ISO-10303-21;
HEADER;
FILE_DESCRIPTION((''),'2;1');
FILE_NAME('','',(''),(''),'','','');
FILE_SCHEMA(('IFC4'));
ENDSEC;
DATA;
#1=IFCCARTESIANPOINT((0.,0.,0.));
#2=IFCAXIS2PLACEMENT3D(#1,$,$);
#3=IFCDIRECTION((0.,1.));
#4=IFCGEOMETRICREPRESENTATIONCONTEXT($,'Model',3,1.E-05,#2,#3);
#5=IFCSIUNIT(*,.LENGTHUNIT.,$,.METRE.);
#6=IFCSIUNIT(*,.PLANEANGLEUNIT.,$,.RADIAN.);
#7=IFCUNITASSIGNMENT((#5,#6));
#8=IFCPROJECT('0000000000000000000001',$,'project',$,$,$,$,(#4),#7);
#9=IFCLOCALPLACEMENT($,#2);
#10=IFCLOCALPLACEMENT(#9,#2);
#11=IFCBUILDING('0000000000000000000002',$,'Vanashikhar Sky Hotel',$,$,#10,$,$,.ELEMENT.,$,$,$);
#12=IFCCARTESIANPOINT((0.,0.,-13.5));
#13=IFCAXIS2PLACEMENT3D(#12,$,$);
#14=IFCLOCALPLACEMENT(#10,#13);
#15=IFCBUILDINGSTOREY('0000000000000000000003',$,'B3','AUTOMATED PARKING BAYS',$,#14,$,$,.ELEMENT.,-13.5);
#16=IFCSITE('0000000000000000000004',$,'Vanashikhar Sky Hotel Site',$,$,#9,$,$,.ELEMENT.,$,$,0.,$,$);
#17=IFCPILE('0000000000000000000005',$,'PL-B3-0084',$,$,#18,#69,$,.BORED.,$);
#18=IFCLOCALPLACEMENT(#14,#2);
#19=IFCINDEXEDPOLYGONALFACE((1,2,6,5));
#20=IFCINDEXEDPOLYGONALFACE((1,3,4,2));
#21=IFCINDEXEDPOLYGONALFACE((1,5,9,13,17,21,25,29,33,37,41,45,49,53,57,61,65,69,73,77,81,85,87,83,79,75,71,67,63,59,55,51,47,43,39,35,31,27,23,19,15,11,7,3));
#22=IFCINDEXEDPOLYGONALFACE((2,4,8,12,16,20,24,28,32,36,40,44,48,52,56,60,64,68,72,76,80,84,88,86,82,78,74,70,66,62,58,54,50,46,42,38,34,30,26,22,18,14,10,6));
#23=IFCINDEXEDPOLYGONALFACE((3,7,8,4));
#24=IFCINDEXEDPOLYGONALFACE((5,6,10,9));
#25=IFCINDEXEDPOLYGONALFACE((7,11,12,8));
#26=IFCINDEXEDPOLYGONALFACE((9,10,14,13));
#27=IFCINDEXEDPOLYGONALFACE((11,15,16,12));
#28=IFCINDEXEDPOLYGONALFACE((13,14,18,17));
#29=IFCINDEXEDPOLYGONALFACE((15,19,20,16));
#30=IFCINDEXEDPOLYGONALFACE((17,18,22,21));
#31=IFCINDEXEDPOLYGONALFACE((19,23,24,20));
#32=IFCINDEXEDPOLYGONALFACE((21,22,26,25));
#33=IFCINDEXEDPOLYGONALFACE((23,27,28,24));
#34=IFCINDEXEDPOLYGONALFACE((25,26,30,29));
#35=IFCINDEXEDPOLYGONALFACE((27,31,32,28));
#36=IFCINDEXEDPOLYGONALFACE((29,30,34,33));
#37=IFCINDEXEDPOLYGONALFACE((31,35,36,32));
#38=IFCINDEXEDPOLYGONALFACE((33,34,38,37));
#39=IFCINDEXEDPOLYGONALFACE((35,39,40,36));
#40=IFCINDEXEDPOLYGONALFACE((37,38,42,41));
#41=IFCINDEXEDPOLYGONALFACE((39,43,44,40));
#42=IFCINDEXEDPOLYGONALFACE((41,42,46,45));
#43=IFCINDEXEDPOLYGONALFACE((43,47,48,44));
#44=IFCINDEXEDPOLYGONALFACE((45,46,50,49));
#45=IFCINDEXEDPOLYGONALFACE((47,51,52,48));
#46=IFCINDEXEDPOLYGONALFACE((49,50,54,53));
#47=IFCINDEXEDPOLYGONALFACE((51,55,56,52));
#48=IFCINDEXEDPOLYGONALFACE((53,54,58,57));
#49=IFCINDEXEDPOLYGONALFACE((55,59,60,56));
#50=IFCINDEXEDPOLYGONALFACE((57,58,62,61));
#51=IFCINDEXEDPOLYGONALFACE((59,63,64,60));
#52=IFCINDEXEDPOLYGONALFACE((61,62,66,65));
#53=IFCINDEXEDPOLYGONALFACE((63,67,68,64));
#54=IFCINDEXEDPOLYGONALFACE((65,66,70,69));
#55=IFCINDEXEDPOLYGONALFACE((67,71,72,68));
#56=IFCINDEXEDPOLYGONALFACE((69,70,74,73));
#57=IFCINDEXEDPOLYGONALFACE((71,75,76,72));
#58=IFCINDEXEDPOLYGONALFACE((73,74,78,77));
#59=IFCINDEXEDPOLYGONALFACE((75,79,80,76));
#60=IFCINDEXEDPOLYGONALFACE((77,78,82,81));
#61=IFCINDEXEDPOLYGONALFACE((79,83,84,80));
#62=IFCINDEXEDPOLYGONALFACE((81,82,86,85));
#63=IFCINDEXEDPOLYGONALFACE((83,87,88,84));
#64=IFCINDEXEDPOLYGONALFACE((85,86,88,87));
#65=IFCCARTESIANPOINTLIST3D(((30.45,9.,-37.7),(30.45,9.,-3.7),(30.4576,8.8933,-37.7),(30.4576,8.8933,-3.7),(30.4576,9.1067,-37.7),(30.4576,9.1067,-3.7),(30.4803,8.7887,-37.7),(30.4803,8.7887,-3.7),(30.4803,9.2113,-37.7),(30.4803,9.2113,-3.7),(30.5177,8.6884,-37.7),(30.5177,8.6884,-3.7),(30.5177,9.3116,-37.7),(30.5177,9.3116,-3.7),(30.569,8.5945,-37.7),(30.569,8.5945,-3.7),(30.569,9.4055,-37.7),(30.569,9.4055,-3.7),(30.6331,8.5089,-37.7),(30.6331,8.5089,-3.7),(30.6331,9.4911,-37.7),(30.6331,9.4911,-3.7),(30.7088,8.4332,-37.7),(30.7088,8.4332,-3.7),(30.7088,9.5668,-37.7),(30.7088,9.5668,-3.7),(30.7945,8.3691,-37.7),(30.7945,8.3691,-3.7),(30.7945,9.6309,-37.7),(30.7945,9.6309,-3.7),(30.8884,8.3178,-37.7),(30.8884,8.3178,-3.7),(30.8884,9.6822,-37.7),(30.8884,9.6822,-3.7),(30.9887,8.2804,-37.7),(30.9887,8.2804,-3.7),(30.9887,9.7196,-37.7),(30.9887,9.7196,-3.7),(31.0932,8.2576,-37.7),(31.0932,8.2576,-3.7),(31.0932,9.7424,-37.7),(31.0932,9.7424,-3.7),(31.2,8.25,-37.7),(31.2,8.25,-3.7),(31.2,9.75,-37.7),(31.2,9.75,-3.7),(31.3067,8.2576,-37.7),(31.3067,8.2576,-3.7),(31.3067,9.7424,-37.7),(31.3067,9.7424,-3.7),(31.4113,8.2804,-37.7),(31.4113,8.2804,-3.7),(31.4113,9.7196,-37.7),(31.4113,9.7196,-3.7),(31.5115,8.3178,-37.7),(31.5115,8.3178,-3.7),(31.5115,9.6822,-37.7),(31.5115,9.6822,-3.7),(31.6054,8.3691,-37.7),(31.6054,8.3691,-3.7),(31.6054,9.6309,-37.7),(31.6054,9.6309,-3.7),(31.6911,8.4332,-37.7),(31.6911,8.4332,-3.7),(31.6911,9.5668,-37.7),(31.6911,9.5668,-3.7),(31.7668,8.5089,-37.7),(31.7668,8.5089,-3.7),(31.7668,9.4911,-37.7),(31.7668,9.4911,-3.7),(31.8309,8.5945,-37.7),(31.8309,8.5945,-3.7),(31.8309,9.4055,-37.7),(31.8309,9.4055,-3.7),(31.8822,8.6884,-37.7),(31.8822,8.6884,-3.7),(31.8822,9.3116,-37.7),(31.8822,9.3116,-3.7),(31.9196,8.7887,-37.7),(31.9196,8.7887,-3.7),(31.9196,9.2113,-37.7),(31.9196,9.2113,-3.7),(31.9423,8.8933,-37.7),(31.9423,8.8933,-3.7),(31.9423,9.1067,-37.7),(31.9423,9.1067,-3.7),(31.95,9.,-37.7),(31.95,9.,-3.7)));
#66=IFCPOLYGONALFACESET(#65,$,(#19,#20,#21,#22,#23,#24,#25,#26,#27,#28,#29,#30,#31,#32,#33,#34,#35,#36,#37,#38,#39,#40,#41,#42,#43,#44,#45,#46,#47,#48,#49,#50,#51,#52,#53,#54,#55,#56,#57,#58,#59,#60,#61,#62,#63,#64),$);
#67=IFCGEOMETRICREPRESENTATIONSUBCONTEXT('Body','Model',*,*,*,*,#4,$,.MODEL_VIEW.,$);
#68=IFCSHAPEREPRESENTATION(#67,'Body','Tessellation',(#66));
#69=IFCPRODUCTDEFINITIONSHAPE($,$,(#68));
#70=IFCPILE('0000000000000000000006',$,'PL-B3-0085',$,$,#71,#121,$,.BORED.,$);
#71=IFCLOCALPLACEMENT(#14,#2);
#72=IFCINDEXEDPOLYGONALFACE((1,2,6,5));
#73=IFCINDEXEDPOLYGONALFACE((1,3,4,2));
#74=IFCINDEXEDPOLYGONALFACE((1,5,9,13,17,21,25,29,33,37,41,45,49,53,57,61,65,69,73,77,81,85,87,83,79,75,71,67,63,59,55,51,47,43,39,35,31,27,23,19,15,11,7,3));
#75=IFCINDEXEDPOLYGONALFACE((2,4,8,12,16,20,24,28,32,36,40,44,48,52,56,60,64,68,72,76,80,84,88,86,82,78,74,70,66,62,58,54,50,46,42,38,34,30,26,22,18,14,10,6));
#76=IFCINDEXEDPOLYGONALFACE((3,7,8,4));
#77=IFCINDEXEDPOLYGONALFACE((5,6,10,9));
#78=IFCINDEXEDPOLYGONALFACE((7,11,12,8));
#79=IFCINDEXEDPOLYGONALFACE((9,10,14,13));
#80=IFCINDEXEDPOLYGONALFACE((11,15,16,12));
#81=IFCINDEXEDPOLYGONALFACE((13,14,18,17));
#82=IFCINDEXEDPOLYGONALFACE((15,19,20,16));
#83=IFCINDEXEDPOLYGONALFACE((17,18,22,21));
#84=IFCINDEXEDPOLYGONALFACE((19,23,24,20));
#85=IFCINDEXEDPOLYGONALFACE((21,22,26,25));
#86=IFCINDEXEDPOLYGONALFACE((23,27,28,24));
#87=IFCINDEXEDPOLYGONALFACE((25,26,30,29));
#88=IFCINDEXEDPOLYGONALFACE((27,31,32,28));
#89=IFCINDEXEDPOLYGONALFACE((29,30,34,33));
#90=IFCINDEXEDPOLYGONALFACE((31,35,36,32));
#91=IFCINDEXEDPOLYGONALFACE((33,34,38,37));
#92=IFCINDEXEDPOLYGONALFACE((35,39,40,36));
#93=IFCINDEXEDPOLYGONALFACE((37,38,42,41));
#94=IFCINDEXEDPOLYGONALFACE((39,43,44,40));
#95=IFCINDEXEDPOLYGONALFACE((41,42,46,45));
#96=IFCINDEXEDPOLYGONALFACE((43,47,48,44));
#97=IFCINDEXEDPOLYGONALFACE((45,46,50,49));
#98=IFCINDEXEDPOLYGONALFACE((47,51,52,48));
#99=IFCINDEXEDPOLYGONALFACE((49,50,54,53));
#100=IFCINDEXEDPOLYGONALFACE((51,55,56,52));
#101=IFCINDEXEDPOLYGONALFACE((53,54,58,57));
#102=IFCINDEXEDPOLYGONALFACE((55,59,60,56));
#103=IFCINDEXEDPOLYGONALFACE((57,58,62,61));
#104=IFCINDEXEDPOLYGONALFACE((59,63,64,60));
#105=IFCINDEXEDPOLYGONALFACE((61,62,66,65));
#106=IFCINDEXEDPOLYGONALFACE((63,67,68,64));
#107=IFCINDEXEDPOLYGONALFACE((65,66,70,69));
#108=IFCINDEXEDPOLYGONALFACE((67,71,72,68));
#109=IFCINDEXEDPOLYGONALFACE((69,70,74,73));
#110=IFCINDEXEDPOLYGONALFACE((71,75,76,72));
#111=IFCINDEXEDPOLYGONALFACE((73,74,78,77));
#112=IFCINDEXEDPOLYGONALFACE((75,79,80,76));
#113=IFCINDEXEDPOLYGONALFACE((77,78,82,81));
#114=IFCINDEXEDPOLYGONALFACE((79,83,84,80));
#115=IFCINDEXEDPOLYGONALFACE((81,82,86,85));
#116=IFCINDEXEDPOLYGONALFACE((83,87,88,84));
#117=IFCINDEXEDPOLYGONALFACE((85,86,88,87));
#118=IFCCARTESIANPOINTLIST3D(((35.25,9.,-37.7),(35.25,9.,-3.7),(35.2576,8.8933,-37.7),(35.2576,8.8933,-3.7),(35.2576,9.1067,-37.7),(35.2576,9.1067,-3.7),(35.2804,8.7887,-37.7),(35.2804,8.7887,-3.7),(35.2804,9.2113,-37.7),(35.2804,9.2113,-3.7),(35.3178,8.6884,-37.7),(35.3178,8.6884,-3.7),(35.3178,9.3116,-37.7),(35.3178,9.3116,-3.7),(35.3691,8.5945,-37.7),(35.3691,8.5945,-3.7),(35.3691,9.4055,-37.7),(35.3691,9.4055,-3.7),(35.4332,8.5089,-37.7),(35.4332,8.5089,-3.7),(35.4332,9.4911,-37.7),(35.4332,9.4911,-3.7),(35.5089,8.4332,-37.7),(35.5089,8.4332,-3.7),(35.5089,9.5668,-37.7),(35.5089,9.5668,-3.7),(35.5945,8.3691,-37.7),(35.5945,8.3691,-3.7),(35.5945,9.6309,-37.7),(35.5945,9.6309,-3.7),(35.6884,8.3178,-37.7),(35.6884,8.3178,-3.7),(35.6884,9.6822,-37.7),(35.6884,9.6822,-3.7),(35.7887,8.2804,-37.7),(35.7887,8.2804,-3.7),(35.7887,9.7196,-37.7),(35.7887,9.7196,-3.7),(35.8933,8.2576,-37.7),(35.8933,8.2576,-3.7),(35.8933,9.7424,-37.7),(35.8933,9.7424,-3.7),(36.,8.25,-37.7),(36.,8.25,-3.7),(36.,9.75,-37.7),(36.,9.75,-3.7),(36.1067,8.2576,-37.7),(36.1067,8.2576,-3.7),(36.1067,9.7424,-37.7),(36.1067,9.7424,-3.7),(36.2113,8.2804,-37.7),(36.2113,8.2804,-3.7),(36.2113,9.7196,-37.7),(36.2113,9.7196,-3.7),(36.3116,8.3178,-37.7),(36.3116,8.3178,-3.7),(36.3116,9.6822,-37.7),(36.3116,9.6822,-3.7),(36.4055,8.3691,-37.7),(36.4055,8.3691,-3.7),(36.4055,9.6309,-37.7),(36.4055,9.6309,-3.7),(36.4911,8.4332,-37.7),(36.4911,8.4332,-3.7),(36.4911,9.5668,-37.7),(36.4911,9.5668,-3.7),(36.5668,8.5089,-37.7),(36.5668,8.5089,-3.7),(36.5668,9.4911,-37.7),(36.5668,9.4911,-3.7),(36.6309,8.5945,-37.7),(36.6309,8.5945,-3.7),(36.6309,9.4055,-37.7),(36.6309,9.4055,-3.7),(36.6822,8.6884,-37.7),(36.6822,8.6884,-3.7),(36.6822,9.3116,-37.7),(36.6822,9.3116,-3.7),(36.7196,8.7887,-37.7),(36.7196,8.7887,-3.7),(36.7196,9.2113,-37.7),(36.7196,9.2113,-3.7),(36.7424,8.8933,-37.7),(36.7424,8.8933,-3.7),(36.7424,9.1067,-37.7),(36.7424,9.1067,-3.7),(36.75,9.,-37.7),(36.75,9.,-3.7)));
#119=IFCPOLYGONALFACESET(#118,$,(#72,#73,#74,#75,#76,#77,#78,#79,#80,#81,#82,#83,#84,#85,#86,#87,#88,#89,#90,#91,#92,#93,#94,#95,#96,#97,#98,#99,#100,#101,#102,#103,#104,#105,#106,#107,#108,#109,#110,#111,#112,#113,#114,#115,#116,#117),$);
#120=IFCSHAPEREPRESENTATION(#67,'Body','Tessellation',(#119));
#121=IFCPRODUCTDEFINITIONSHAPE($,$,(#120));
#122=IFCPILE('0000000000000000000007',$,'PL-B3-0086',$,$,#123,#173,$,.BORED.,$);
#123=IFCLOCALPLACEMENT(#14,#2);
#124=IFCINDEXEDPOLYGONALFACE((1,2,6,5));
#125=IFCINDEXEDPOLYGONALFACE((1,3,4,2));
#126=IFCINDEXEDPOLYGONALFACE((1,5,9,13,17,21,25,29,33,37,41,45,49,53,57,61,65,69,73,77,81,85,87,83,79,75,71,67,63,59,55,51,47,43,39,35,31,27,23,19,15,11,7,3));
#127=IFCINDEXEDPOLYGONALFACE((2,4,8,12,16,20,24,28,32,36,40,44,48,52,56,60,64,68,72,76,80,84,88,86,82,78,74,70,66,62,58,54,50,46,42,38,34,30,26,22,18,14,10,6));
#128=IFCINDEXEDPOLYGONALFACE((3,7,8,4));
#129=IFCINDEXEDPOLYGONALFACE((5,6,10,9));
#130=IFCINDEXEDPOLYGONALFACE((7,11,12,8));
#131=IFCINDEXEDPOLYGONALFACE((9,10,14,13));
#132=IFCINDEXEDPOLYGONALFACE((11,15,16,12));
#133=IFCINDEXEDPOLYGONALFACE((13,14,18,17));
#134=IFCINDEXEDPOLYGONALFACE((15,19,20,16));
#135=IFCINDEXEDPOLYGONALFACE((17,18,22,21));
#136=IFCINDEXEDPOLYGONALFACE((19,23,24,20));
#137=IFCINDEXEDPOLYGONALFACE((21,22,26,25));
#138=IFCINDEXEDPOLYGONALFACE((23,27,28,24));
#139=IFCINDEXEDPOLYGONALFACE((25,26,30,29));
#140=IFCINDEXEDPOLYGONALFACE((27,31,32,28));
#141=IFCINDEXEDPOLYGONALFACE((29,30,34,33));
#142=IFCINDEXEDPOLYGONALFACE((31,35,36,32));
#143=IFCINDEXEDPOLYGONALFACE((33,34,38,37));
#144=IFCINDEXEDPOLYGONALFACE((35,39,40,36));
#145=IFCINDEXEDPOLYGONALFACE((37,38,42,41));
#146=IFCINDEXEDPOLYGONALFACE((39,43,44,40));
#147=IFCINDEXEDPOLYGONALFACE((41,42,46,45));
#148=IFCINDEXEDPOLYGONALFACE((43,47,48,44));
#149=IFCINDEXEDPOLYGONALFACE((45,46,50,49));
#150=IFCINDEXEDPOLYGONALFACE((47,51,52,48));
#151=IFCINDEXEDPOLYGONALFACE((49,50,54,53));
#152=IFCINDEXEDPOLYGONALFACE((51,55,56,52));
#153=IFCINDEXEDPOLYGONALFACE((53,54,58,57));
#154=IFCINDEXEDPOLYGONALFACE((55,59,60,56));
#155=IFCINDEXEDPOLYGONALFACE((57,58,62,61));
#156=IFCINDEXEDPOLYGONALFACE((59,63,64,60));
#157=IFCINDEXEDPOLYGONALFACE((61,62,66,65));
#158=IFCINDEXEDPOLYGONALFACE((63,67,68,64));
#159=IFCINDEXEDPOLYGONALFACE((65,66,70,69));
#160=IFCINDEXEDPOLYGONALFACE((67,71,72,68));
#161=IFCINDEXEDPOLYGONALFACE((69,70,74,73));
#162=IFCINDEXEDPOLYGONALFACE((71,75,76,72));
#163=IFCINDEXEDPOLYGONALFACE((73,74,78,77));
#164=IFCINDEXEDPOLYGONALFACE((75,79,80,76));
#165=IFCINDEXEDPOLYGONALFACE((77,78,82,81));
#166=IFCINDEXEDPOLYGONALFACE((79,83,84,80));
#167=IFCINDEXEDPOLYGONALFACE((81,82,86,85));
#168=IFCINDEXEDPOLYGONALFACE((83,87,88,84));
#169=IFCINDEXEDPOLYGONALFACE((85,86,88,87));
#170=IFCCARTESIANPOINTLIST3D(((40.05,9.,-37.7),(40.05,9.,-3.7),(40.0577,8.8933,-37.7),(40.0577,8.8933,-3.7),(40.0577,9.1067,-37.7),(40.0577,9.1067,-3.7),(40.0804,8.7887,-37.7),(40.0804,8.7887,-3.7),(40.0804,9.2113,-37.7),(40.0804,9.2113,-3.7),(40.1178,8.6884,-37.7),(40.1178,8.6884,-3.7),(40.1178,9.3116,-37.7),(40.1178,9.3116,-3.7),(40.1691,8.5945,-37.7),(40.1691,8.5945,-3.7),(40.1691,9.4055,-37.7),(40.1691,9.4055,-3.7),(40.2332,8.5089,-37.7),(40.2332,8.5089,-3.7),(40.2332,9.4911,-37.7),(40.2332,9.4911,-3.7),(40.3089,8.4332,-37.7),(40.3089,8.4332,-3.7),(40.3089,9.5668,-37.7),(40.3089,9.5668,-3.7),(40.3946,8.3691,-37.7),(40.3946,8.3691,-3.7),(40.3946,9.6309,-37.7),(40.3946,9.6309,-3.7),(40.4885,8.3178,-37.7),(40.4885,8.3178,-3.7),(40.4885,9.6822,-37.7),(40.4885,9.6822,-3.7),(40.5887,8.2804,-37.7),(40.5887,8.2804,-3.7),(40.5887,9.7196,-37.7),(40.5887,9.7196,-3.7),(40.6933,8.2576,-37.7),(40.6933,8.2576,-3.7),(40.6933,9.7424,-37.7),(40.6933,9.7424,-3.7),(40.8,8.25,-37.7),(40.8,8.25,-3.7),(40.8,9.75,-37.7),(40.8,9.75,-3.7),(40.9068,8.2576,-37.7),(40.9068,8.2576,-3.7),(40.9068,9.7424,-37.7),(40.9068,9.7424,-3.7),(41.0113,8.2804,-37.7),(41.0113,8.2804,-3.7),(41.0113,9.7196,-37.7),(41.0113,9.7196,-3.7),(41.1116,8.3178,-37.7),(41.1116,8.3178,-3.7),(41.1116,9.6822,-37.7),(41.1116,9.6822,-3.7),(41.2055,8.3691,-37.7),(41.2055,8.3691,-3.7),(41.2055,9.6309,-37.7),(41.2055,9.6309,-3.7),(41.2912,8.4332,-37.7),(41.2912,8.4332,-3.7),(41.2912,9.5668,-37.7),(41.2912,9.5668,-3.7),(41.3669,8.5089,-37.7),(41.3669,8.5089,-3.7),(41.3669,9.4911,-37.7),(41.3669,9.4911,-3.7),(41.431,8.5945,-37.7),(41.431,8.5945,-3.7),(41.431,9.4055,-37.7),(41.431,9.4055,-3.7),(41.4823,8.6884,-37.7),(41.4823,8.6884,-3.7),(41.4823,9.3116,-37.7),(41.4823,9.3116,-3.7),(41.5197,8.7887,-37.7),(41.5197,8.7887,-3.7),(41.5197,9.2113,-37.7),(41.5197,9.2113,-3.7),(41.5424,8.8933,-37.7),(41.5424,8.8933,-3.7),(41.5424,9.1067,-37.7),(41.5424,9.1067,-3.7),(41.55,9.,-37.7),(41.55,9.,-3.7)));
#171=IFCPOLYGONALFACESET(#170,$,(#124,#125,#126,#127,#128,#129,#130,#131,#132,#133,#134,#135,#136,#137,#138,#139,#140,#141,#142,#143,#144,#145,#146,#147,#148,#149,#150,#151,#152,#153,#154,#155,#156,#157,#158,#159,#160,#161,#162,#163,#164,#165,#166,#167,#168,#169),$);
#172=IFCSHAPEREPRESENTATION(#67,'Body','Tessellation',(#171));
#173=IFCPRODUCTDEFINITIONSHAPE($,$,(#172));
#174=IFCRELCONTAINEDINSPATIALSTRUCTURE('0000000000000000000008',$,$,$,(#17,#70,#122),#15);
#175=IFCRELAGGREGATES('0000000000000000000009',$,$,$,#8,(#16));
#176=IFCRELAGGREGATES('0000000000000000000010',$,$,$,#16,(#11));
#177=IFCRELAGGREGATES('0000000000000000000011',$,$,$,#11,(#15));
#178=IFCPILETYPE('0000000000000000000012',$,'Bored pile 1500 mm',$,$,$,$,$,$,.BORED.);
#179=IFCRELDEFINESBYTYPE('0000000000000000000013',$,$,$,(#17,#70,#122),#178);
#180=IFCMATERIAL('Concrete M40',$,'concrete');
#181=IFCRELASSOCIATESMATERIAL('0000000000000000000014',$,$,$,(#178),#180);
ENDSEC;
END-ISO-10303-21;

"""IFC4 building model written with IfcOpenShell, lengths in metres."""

from ifc_helpers import new_model, si_unit, direction, frame, origin, origin_2d, place, context, subcontext, project, spatial, circle, extrude, source, transform, mapped, material, type_object, element, save


model = new_model("IFC4")

# Units and contexts
model_context = context("Model", 3, precision=1e-05, world=origin(), true_north=direction((0.0, 1.0)))
body_context = subcontext(model_context, "Body", "Model", "MODEL_VIEW")
ifc_project = project(units=[si_unit("LENGTHUNIT", "METRE"), si_unit("PLANEANGLEUNIT", "RADIAN")], contexts=[model_context])

# Site, building, storey
site_placement = place(None, origin())
site = spatial("IfcSite", under=ifc_project, at=site_placement, Name="Vanashikhar Sky Hotel Site", CompositionType="ELEMENT", RefElevation=0.0)
building_placement = place(site_placement, origin())
building = spatial("IfcBuilding", under=site, at=building_placement, Name="Vanashikhar Sky Hotel", CompositionType="ELEMENT")
storey_placement = place(building_placement, frame((0.0, 0.0, -13.5)))
storey = spatial("IfcBuildingStorey", under=building, at=storey_placement, Name="B3", Description="AUTOMATED PARKING BAYS", CompositionType="ELEMENT", Elevation=-13.5)

# Piles
ifc_material_1 = material(Name="Concrete M40", Category="concrete")
pile_type = type_object("IfcPileType", Name="Bored pile 1500 mm", PredefinedType="BORED", material=ifc_material_1)
shared_shape_1 = source(origin(), body_context, "Body", "SweptSolid", [
    extrude(circle(Radius=0.75, at=origin_2d()), origin(), (0.0, 0.0, 1.0), 34.0),
])
for number, where, z_axis, x_axis, name in (
    (1, (31.2, 9.0, -3.7), (0.0, 0.0, -1.0), (1.0, 0.0, 0.0), "PL-B3-0084"),
    (2, (36.0, 9.0, -3.7), (0.0, 0.0, -1.0), (1.0, 0.0, 0.0), "PL-B3-0085"),
    (3, (40.8, 9.0, -3.7), (0.0, 0.0, -1.0), (1.0, 0.0, 0.0), "PL-B3-0086"),
):
    element("IfcPile", number, at=place(storey_placement, frame(where, z_axis=z_axis, x_axis=x_axis)), inside=storey, type_object=pile_type, Name=name, PredefinedType="BORED", context=body_context, shape_type="MappedRepresentation", body=[
        mapped(shared_shape_1, transform((0.0, 0.0, 0.0), scale=1.0)),
    ])

save(model, "model.ifc")
